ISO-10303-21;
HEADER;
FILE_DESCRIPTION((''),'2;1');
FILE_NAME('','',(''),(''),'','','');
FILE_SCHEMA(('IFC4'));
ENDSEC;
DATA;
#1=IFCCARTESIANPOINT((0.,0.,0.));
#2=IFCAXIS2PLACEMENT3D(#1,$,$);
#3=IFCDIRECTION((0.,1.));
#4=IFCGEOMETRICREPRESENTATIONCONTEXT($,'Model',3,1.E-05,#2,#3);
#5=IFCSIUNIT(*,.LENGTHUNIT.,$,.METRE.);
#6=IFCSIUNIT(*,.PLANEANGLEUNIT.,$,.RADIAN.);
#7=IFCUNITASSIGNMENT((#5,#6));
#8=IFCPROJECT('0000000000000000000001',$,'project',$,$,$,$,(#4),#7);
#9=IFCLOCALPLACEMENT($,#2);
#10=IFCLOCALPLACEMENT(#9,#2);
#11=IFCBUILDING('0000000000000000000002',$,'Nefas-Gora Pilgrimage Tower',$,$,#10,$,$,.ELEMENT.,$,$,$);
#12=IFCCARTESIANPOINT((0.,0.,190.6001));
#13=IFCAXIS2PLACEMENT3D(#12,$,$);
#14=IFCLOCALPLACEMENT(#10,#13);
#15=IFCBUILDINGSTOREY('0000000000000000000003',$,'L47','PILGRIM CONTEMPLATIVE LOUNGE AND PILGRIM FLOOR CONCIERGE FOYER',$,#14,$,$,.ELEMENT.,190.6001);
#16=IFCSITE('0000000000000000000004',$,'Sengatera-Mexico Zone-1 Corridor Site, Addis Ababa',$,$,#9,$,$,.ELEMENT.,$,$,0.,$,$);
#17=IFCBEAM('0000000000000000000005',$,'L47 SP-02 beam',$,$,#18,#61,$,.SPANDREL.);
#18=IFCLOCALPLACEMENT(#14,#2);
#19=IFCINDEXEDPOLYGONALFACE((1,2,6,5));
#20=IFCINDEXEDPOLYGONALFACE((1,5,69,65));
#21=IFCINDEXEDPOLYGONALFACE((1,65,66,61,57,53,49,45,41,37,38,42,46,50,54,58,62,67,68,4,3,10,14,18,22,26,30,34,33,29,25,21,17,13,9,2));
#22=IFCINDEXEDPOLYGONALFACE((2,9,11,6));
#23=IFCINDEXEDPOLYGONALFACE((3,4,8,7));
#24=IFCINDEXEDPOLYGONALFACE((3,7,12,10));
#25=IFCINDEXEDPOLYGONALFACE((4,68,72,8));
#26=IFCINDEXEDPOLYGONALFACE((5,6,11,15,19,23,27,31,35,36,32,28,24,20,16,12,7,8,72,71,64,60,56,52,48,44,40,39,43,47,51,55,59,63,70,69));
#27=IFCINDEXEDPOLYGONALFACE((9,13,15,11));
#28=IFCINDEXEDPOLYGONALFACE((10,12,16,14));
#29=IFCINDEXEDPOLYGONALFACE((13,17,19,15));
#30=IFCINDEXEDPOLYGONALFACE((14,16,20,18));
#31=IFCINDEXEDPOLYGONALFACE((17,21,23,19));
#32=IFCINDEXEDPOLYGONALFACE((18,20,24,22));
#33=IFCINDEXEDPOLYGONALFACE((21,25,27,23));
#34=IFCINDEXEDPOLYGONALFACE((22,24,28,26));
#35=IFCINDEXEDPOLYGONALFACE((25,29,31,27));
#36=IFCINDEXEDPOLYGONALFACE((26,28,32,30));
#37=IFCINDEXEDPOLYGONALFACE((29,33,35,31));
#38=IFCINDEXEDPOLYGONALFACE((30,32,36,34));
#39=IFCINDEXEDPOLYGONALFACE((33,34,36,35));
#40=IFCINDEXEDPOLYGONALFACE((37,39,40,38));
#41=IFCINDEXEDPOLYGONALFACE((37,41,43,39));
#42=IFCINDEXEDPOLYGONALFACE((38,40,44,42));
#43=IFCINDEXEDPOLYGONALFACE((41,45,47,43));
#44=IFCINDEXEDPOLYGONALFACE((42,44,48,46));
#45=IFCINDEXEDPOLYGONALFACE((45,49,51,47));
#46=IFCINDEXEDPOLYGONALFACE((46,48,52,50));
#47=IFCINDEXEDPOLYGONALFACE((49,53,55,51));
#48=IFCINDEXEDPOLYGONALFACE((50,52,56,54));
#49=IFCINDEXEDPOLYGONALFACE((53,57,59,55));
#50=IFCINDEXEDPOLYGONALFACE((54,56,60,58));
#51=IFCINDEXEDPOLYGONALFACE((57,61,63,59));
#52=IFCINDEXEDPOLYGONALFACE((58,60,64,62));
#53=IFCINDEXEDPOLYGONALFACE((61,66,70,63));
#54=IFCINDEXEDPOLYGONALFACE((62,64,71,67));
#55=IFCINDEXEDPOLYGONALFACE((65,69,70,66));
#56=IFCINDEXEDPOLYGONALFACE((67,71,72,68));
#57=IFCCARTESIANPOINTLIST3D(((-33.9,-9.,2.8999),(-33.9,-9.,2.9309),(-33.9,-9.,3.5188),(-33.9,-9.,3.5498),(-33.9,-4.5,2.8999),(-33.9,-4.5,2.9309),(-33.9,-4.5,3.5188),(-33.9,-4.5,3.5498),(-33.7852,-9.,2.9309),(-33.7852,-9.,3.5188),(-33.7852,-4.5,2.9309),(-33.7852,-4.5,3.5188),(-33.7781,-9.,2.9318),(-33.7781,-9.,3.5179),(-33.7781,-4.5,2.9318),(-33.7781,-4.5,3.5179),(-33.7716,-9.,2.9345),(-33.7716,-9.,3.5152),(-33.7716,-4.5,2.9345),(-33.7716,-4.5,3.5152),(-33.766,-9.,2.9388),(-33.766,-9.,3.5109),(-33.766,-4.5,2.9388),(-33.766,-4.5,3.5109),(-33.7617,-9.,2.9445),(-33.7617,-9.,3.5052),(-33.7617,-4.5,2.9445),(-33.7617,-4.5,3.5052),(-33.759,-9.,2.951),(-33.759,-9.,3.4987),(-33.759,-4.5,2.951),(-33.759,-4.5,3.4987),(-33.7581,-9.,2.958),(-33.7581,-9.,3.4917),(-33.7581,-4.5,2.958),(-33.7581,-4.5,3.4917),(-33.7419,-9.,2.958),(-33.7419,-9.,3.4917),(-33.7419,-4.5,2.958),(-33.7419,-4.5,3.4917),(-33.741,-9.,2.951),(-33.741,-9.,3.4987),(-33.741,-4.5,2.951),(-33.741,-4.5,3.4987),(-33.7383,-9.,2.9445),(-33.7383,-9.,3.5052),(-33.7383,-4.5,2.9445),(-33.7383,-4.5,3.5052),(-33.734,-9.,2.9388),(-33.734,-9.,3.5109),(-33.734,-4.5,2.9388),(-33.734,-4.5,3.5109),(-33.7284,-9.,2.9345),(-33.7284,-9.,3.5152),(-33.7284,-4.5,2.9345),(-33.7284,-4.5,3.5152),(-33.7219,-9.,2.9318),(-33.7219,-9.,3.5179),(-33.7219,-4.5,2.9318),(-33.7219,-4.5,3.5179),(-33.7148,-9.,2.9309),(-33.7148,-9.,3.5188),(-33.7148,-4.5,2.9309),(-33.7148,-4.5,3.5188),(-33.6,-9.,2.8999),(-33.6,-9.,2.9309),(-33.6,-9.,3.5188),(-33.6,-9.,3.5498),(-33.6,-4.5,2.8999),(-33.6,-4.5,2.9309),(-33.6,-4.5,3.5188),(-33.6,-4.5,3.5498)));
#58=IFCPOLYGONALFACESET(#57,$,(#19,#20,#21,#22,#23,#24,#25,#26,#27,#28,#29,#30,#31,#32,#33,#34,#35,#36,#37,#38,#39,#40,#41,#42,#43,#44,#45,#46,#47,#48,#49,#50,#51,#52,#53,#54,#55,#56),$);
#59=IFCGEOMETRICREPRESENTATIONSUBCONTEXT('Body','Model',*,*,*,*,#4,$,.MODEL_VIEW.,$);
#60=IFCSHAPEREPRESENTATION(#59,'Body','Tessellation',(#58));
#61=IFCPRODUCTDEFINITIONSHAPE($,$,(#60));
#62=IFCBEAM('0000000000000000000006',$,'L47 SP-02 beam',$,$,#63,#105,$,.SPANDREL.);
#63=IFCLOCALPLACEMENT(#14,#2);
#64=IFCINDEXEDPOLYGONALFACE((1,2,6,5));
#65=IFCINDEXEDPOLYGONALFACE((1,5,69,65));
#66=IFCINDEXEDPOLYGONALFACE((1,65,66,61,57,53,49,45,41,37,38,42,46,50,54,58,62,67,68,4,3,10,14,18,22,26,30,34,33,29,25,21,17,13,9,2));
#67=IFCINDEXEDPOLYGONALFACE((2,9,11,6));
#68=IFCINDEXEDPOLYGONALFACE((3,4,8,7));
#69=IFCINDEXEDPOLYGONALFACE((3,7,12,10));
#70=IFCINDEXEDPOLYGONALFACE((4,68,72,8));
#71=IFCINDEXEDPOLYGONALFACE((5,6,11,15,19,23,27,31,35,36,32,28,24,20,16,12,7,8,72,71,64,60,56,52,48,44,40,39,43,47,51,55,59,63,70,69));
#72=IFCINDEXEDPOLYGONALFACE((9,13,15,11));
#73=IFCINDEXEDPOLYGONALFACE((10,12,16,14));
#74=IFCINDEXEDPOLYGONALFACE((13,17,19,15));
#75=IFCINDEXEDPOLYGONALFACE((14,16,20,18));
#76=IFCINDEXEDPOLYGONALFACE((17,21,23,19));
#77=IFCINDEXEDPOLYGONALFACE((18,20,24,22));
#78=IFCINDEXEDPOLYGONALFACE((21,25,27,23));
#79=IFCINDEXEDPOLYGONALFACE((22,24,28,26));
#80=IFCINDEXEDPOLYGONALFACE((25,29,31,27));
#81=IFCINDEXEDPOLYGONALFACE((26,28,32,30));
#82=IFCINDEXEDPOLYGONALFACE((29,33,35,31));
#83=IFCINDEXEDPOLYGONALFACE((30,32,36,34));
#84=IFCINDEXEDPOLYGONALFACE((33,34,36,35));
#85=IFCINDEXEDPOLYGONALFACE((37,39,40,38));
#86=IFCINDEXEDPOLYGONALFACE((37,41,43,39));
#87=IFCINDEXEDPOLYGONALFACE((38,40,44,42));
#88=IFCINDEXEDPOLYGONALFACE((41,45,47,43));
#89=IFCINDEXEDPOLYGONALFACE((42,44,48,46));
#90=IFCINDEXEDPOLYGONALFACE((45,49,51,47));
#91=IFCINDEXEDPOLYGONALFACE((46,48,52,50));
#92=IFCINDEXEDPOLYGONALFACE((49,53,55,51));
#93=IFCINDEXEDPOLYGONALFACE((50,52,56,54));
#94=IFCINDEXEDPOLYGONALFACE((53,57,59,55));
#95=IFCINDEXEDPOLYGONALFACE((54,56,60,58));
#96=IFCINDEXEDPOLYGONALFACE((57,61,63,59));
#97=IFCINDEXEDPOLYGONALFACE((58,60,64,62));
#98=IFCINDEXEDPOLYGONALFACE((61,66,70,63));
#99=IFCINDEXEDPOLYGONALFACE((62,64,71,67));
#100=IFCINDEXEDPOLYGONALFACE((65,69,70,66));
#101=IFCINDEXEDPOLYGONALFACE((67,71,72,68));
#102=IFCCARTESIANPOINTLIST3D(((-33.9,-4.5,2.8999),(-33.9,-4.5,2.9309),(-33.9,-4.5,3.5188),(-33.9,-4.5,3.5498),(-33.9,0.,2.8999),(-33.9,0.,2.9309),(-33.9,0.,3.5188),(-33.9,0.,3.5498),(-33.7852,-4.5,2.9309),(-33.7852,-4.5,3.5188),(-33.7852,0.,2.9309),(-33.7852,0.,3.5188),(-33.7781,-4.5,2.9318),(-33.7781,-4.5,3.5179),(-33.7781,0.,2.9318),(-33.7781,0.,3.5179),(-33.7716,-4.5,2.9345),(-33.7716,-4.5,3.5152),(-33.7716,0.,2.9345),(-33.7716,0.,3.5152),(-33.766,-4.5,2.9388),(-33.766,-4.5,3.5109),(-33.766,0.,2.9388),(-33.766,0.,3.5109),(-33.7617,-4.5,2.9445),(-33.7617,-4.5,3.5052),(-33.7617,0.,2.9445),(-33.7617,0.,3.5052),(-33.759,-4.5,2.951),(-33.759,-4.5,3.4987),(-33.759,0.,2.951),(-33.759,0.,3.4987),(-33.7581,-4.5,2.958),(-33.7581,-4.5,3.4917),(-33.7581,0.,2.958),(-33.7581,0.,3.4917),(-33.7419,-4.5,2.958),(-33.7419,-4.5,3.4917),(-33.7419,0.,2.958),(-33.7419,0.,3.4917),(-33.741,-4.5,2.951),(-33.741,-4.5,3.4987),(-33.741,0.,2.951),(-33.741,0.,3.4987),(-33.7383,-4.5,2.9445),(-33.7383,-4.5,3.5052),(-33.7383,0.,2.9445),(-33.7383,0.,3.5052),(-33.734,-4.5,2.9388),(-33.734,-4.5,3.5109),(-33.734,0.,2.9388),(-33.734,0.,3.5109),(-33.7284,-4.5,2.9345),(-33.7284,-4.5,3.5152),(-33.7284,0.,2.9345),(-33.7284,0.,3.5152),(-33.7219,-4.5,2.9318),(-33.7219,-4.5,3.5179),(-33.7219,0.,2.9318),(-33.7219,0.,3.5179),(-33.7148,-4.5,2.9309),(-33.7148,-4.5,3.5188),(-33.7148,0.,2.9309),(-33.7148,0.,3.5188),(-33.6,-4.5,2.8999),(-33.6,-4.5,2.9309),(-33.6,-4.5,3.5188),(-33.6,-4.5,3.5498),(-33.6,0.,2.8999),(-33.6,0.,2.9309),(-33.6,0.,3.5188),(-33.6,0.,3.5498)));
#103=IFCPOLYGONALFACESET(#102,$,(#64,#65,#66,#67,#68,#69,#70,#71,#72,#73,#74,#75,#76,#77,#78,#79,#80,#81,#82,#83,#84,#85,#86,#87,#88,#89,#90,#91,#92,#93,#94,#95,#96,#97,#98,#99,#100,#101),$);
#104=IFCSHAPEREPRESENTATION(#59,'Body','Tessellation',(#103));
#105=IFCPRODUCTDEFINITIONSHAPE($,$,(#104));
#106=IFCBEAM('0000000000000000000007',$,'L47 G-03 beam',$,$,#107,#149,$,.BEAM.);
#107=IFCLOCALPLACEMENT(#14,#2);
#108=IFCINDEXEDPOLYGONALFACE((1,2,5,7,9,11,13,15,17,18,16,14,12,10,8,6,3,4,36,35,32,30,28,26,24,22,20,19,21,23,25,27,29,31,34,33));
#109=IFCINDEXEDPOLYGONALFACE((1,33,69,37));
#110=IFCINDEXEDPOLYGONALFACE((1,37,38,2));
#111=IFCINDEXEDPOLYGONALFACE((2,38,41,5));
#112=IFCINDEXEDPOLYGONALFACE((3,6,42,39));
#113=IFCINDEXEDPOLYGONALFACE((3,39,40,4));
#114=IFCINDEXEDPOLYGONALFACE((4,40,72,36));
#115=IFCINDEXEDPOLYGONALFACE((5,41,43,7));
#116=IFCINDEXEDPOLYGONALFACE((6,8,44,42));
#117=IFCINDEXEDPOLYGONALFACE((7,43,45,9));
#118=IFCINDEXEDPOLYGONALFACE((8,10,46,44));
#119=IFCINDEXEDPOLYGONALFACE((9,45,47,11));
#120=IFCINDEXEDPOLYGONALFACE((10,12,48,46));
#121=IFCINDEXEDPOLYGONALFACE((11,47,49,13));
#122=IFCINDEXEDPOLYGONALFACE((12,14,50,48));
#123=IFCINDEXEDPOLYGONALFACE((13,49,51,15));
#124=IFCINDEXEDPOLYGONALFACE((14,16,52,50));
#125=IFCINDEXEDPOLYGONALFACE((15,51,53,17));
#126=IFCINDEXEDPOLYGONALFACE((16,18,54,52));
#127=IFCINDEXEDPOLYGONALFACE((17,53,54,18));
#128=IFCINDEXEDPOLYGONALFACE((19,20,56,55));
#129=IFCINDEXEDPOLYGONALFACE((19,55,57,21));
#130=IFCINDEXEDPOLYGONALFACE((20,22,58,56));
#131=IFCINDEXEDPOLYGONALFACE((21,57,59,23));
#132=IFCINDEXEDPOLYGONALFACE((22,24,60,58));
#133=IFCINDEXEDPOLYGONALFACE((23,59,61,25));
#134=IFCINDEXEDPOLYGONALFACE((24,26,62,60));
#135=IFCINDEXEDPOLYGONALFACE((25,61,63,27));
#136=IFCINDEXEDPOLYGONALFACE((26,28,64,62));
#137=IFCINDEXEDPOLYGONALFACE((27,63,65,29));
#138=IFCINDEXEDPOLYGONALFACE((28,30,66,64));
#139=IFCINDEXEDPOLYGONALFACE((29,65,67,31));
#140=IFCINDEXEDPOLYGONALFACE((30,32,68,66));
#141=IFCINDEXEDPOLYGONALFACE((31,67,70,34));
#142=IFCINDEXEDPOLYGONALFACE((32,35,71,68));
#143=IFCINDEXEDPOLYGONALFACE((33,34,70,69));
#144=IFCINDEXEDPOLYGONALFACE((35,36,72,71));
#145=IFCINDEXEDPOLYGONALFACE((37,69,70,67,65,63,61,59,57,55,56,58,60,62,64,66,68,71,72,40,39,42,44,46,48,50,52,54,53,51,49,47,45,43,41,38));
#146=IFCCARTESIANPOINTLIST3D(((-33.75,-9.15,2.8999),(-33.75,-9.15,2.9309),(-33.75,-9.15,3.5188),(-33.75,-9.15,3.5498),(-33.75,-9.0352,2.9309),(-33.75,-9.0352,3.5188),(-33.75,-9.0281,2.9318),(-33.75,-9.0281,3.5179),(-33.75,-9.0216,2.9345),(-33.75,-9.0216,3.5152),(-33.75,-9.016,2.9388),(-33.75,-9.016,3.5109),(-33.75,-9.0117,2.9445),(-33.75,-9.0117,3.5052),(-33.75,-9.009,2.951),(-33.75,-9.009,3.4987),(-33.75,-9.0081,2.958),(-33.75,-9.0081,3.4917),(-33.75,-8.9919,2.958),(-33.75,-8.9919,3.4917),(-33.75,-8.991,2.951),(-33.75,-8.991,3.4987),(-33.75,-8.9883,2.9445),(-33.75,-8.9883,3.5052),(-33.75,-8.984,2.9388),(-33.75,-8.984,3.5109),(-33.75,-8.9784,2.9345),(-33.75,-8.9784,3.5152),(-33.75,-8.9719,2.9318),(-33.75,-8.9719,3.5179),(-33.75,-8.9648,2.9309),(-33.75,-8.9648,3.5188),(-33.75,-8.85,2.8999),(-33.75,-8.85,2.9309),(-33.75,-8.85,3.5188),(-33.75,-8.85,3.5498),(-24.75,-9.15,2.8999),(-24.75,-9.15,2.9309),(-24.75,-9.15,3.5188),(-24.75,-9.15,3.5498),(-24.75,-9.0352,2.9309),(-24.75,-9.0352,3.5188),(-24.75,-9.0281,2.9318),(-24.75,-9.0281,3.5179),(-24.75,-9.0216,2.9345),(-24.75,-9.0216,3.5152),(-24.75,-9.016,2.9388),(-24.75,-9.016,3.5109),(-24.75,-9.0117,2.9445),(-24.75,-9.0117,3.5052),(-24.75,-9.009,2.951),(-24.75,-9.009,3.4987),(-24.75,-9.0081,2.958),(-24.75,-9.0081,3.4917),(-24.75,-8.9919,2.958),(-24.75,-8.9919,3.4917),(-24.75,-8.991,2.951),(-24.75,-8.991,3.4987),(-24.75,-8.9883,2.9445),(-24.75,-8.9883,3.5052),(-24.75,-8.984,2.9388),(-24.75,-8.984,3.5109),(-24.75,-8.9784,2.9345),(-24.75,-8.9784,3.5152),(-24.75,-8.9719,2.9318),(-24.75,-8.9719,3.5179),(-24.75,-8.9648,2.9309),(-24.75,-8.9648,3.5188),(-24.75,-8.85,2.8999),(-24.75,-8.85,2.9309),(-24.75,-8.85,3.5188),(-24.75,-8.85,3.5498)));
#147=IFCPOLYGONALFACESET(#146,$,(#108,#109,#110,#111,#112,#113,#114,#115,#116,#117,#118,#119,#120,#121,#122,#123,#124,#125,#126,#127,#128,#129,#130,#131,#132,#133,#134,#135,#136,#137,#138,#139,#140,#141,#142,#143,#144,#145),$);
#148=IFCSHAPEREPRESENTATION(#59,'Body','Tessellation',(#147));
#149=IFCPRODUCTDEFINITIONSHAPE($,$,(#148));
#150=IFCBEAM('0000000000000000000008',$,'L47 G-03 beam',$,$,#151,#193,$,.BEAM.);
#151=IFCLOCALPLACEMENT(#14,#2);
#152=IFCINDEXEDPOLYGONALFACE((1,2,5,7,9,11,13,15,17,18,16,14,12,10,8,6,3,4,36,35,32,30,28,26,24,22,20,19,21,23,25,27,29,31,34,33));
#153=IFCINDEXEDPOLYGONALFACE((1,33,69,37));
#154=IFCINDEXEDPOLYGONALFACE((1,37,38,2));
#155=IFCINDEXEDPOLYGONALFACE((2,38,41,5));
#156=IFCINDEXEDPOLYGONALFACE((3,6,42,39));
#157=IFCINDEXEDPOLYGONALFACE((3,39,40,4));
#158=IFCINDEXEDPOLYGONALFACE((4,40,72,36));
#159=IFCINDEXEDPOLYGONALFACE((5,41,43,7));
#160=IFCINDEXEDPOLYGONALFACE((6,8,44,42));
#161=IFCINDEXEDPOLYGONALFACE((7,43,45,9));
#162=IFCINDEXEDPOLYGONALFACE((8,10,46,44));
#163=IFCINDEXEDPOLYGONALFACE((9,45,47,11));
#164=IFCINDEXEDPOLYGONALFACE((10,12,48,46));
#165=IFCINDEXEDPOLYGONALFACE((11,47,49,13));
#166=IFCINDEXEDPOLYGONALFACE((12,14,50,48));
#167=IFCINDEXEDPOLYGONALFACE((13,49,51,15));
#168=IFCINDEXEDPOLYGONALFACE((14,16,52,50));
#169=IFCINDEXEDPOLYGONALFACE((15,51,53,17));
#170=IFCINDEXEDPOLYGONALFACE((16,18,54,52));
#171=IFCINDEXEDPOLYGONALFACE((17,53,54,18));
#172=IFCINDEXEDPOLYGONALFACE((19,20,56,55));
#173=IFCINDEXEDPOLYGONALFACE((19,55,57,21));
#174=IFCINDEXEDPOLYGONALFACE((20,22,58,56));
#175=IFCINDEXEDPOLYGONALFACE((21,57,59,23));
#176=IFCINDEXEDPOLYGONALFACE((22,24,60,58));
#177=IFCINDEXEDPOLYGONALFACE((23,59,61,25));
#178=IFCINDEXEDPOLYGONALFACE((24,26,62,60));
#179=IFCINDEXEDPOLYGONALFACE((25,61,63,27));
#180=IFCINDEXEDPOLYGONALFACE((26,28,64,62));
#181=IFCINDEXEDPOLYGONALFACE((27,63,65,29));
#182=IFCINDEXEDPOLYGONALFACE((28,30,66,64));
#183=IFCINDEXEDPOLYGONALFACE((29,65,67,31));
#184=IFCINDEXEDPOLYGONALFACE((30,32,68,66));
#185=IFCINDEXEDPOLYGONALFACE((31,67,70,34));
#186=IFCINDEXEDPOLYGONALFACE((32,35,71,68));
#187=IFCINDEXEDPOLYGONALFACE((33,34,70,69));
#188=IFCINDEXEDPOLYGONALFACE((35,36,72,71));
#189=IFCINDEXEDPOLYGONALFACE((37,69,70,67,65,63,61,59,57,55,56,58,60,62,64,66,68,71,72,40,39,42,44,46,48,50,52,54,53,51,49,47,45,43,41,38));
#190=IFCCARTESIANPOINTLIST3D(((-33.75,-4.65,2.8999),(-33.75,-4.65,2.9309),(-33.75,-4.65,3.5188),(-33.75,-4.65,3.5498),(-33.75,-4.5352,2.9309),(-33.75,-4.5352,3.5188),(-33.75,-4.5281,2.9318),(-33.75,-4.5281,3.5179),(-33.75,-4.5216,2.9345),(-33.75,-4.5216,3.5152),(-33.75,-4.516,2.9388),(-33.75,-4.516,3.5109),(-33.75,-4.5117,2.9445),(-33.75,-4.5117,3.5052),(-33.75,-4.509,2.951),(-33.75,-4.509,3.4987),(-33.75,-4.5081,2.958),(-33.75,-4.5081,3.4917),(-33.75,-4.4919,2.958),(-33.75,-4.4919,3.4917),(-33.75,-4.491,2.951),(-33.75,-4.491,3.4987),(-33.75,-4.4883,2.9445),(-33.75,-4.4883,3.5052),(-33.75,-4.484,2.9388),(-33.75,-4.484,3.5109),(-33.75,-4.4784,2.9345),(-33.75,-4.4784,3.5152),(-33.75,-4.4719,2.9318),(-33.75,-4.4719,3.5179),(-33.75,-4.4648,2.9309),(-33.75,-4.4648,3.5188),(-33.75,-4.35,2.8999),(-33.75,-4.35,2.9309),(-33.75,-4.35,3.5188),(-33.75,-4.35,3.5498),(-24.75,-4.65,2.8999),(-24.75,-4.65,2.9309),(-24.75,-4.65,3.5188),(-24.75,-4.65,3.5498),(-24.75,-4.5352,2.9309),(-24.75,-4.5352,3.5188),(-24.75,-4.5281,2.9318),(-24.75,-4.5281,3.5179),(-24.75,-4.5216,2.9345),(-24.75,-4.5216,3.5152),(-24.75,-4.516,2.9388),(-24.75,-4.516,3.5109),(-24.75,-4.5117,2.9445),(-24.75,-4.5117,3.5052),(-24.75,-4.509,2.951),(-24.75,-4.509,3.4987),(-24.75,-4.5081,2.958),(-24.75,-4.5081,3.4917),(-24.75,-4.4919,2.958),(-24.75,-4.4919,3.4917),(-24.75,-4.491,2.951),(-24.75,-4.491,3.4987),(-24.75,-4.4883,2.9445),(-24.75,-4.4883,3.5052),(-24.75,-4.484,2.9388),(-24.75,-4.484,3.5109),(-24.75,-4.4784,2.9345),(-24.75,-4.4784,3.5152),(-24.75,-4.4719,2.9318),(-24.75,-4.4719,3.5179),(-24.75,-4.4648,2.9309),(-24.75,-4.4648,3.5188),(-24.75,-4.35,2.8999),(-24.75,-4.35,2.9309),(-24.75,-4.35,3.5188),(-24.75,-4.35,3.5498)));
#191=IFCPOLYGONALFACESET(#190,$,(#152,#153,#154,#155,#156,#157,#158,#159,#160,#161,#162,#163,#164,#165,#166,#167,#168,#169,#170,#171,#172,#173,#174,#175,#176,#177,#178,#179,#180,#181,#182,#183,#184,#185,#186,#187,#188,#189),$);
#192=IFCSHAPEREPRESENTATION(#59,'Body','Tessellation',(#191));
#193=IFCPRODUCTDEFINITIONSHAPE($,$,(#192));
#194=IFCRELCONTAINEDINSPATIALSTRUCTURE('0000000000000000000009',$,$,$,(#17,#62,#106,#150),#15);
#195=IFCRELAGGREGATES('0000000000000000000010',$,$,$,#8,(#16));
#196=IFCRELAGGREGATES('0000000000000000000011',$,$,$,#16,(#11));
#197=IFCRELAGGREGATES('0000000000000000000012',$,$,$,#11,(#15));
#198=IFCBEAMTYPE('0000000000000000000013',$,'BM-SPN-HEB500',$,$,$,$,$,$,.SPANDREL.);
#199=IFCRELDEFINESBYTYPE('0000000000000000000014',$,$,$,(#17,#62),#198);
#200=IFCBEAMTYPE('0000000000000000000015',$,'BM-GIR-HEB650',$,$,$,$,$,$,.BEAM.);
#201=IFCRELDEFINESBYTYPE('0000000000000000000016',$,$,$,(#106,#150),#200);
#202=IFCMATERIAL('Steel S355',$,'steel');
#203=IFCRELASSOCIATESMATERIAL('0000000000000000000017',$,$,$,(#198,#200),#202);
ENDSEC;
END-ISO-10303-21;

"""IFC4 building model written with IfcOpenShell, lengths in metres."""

from ifc_helpers import new_model, si_unit, direction, frame, origin, origin_2d, place, context, subcontext, project, spatial, i_section, extrude, source, transform, mapped, material, material_profile, profile_set, type_object, element, save


model = new_model("IFC4")

# Units and contexts
model_context = context("Model", 3, precision=1e-05, world=origin(), true_north=direction((0.0, 1.0)))
body_context = subcontext(model_context, "Body", "Model", "MODEL_VIEW")
ifc_project = project(units=[si_unit("LENGTHUNIT", "METRE"), si_unit("PLANEANGLEUNIT", "RADIAN")], contexts=[model_context])

# Site, building, storey
site_placement = place(None, origin())
site = spatial("IfcSite", under=ifc_project, at=site_placement, Name="Sengatera-Mexico Zone-1 Corridor Site, Addis Ababa", CompositionType="ELEMENT", RefElevation=0.0)
building_placement = place(site_placement, origin())
building = spatial("IfcBuilding", under=site, at=building_placement, Name="Nefas-Gora Pilgrimage Tower", CompositionType="ELEMENT")
storey_placement = place(building_placement, frame((0.0, 0.0, 190.6001)))
storey = spatial("IfcBuildingStorey", under=building, at=storey_placement, Name="L47", Description="PILGRIM CONTEMPLATIVE LOUNGE AND PILGRIM FLOOR CONCIERGE FOYER", CompositionType="ELEMENT", Elevation=190.6001)

# Beams
ifc_material_1 = material(Name="Steel S355", Category="steel")
ifc_material_profile_1 = material_profile(ifc_material_1, i_section(OverallWidth=0.3, OverallDepth=0.6499, WebThickness=0.0161, FlangeThickness=0.031, FilletRadius=0.0271, at=origin_2d()), Name="HEB 650")
ifc_profile_set_1 = profile_set([ifc_material_profile_1], Name="Steel S355")
beam_type_1 = type_object("IfcBeamType", Name="BM-SPN-HEB500", PredefinedType="SPANDREL", material=ifc_profile_set_1)
shared_shape_1 = source(origin(), body_context, "Body", "SweptSolid", [
    extrude(i_section(OverallWidth=0.3, OverallDepth=0.6499, WebThickness=0.0161, FlangeThickness=0.031, FilletRadius=0.0271, at=origin_2d()), origin(), (0.0, 0.0, 1.0), 4.5),
])
for number, where, z_axis, x_axis, name in (
    (1, (-33.75, -9.0, 3.2249), (0.0, 1.0, 0.0), (-1.0, 0.0, 0.0), "L47 SP-02 beam"),
    (2, (-33.75, -4.5, 3.2249), (0.0, 1.0, 0.0), (-1.0, 0.0, 0.0), "L47 SP-02 beam"),
):
    element("IfcBeam", number, at=place(storey_placement, frame(where, z_axis=z_axis, x_axis=x_axis)), inside=storey, type_object=beam_type_1, Name=name, PredefinedType="SPANDREL", context=body_context, shape_type="MappedRepresentation", body=[
        mapped(shared_shape_1, transform((0.0, 0.0, 0.0), x_axis=(1.0, 0.0, 0.0), y_axis=(0.0, 1.0, 0.0), z_axis=(0.0, 0.0, 1.0), scale=1.0)),
    ])
ifc_material_profile_2 = material_profile(ifc_material_1, i_section(OverallWidth=0.3, OverallDepth=0.6499, WebThickness=0.0161, FlangeThickness=0.031, FilletRadius=0.0271, at=origin_2d()), Name="HEB 650")
ifc_profile_set_2 = profile_set([ifc_material_profile_2], Name="Steel S355")
beam_type_2 = type_object("IfcBeamType", Name="BM-GIR-HEB650", PredefinedType="BEAM", material=ifc_profile_set_2)
shared_shape_2 = source(origin(), body_context, "Body", "SweptSolid", [
    extrude(i_section(OverallWidth=0.3, OverallDepth=0.6499, WebThickness=0.0161, FlangeThickness=0.031, FilletRadius=0.0271, at=origin_2d()), origin(), (0.0, 0.0, 1.0), 9.0),
])
for number, where, z_axis, x_axis, name in (
    (3, (-33.75, -9.0, 3.2249), (1.0, 0.0, 0.0), (0.0, 1.0, 0.0), "L47 G-03 beam"),
    (4, (-33.75, -4.5, 3.2249), (1.0, 0.0, 0.0), (0.0, 1.0, 0.0), "L47 G-03 beam"),
):
    element("IfcBeam", number, at=place(storey_placement, frame(where, z_axis=z_axis, x_axis=x_axis)), inside=storey, type_object=beam_type_2, Name=name, PredefinedType="BEAM", context=body_context, shape_type="MappedRepresentation", body=[
        mapped(shared_shape_2, transform((0.0, 0.0, 0.0), x_axis=(1.0, 0.0, 0.0), y_axis=(0.0, 1.0, 0.0), z_axis=(0.0, 0.0, 1.0), scale=1.0)),
    ])

save(model, "model.ifc")
